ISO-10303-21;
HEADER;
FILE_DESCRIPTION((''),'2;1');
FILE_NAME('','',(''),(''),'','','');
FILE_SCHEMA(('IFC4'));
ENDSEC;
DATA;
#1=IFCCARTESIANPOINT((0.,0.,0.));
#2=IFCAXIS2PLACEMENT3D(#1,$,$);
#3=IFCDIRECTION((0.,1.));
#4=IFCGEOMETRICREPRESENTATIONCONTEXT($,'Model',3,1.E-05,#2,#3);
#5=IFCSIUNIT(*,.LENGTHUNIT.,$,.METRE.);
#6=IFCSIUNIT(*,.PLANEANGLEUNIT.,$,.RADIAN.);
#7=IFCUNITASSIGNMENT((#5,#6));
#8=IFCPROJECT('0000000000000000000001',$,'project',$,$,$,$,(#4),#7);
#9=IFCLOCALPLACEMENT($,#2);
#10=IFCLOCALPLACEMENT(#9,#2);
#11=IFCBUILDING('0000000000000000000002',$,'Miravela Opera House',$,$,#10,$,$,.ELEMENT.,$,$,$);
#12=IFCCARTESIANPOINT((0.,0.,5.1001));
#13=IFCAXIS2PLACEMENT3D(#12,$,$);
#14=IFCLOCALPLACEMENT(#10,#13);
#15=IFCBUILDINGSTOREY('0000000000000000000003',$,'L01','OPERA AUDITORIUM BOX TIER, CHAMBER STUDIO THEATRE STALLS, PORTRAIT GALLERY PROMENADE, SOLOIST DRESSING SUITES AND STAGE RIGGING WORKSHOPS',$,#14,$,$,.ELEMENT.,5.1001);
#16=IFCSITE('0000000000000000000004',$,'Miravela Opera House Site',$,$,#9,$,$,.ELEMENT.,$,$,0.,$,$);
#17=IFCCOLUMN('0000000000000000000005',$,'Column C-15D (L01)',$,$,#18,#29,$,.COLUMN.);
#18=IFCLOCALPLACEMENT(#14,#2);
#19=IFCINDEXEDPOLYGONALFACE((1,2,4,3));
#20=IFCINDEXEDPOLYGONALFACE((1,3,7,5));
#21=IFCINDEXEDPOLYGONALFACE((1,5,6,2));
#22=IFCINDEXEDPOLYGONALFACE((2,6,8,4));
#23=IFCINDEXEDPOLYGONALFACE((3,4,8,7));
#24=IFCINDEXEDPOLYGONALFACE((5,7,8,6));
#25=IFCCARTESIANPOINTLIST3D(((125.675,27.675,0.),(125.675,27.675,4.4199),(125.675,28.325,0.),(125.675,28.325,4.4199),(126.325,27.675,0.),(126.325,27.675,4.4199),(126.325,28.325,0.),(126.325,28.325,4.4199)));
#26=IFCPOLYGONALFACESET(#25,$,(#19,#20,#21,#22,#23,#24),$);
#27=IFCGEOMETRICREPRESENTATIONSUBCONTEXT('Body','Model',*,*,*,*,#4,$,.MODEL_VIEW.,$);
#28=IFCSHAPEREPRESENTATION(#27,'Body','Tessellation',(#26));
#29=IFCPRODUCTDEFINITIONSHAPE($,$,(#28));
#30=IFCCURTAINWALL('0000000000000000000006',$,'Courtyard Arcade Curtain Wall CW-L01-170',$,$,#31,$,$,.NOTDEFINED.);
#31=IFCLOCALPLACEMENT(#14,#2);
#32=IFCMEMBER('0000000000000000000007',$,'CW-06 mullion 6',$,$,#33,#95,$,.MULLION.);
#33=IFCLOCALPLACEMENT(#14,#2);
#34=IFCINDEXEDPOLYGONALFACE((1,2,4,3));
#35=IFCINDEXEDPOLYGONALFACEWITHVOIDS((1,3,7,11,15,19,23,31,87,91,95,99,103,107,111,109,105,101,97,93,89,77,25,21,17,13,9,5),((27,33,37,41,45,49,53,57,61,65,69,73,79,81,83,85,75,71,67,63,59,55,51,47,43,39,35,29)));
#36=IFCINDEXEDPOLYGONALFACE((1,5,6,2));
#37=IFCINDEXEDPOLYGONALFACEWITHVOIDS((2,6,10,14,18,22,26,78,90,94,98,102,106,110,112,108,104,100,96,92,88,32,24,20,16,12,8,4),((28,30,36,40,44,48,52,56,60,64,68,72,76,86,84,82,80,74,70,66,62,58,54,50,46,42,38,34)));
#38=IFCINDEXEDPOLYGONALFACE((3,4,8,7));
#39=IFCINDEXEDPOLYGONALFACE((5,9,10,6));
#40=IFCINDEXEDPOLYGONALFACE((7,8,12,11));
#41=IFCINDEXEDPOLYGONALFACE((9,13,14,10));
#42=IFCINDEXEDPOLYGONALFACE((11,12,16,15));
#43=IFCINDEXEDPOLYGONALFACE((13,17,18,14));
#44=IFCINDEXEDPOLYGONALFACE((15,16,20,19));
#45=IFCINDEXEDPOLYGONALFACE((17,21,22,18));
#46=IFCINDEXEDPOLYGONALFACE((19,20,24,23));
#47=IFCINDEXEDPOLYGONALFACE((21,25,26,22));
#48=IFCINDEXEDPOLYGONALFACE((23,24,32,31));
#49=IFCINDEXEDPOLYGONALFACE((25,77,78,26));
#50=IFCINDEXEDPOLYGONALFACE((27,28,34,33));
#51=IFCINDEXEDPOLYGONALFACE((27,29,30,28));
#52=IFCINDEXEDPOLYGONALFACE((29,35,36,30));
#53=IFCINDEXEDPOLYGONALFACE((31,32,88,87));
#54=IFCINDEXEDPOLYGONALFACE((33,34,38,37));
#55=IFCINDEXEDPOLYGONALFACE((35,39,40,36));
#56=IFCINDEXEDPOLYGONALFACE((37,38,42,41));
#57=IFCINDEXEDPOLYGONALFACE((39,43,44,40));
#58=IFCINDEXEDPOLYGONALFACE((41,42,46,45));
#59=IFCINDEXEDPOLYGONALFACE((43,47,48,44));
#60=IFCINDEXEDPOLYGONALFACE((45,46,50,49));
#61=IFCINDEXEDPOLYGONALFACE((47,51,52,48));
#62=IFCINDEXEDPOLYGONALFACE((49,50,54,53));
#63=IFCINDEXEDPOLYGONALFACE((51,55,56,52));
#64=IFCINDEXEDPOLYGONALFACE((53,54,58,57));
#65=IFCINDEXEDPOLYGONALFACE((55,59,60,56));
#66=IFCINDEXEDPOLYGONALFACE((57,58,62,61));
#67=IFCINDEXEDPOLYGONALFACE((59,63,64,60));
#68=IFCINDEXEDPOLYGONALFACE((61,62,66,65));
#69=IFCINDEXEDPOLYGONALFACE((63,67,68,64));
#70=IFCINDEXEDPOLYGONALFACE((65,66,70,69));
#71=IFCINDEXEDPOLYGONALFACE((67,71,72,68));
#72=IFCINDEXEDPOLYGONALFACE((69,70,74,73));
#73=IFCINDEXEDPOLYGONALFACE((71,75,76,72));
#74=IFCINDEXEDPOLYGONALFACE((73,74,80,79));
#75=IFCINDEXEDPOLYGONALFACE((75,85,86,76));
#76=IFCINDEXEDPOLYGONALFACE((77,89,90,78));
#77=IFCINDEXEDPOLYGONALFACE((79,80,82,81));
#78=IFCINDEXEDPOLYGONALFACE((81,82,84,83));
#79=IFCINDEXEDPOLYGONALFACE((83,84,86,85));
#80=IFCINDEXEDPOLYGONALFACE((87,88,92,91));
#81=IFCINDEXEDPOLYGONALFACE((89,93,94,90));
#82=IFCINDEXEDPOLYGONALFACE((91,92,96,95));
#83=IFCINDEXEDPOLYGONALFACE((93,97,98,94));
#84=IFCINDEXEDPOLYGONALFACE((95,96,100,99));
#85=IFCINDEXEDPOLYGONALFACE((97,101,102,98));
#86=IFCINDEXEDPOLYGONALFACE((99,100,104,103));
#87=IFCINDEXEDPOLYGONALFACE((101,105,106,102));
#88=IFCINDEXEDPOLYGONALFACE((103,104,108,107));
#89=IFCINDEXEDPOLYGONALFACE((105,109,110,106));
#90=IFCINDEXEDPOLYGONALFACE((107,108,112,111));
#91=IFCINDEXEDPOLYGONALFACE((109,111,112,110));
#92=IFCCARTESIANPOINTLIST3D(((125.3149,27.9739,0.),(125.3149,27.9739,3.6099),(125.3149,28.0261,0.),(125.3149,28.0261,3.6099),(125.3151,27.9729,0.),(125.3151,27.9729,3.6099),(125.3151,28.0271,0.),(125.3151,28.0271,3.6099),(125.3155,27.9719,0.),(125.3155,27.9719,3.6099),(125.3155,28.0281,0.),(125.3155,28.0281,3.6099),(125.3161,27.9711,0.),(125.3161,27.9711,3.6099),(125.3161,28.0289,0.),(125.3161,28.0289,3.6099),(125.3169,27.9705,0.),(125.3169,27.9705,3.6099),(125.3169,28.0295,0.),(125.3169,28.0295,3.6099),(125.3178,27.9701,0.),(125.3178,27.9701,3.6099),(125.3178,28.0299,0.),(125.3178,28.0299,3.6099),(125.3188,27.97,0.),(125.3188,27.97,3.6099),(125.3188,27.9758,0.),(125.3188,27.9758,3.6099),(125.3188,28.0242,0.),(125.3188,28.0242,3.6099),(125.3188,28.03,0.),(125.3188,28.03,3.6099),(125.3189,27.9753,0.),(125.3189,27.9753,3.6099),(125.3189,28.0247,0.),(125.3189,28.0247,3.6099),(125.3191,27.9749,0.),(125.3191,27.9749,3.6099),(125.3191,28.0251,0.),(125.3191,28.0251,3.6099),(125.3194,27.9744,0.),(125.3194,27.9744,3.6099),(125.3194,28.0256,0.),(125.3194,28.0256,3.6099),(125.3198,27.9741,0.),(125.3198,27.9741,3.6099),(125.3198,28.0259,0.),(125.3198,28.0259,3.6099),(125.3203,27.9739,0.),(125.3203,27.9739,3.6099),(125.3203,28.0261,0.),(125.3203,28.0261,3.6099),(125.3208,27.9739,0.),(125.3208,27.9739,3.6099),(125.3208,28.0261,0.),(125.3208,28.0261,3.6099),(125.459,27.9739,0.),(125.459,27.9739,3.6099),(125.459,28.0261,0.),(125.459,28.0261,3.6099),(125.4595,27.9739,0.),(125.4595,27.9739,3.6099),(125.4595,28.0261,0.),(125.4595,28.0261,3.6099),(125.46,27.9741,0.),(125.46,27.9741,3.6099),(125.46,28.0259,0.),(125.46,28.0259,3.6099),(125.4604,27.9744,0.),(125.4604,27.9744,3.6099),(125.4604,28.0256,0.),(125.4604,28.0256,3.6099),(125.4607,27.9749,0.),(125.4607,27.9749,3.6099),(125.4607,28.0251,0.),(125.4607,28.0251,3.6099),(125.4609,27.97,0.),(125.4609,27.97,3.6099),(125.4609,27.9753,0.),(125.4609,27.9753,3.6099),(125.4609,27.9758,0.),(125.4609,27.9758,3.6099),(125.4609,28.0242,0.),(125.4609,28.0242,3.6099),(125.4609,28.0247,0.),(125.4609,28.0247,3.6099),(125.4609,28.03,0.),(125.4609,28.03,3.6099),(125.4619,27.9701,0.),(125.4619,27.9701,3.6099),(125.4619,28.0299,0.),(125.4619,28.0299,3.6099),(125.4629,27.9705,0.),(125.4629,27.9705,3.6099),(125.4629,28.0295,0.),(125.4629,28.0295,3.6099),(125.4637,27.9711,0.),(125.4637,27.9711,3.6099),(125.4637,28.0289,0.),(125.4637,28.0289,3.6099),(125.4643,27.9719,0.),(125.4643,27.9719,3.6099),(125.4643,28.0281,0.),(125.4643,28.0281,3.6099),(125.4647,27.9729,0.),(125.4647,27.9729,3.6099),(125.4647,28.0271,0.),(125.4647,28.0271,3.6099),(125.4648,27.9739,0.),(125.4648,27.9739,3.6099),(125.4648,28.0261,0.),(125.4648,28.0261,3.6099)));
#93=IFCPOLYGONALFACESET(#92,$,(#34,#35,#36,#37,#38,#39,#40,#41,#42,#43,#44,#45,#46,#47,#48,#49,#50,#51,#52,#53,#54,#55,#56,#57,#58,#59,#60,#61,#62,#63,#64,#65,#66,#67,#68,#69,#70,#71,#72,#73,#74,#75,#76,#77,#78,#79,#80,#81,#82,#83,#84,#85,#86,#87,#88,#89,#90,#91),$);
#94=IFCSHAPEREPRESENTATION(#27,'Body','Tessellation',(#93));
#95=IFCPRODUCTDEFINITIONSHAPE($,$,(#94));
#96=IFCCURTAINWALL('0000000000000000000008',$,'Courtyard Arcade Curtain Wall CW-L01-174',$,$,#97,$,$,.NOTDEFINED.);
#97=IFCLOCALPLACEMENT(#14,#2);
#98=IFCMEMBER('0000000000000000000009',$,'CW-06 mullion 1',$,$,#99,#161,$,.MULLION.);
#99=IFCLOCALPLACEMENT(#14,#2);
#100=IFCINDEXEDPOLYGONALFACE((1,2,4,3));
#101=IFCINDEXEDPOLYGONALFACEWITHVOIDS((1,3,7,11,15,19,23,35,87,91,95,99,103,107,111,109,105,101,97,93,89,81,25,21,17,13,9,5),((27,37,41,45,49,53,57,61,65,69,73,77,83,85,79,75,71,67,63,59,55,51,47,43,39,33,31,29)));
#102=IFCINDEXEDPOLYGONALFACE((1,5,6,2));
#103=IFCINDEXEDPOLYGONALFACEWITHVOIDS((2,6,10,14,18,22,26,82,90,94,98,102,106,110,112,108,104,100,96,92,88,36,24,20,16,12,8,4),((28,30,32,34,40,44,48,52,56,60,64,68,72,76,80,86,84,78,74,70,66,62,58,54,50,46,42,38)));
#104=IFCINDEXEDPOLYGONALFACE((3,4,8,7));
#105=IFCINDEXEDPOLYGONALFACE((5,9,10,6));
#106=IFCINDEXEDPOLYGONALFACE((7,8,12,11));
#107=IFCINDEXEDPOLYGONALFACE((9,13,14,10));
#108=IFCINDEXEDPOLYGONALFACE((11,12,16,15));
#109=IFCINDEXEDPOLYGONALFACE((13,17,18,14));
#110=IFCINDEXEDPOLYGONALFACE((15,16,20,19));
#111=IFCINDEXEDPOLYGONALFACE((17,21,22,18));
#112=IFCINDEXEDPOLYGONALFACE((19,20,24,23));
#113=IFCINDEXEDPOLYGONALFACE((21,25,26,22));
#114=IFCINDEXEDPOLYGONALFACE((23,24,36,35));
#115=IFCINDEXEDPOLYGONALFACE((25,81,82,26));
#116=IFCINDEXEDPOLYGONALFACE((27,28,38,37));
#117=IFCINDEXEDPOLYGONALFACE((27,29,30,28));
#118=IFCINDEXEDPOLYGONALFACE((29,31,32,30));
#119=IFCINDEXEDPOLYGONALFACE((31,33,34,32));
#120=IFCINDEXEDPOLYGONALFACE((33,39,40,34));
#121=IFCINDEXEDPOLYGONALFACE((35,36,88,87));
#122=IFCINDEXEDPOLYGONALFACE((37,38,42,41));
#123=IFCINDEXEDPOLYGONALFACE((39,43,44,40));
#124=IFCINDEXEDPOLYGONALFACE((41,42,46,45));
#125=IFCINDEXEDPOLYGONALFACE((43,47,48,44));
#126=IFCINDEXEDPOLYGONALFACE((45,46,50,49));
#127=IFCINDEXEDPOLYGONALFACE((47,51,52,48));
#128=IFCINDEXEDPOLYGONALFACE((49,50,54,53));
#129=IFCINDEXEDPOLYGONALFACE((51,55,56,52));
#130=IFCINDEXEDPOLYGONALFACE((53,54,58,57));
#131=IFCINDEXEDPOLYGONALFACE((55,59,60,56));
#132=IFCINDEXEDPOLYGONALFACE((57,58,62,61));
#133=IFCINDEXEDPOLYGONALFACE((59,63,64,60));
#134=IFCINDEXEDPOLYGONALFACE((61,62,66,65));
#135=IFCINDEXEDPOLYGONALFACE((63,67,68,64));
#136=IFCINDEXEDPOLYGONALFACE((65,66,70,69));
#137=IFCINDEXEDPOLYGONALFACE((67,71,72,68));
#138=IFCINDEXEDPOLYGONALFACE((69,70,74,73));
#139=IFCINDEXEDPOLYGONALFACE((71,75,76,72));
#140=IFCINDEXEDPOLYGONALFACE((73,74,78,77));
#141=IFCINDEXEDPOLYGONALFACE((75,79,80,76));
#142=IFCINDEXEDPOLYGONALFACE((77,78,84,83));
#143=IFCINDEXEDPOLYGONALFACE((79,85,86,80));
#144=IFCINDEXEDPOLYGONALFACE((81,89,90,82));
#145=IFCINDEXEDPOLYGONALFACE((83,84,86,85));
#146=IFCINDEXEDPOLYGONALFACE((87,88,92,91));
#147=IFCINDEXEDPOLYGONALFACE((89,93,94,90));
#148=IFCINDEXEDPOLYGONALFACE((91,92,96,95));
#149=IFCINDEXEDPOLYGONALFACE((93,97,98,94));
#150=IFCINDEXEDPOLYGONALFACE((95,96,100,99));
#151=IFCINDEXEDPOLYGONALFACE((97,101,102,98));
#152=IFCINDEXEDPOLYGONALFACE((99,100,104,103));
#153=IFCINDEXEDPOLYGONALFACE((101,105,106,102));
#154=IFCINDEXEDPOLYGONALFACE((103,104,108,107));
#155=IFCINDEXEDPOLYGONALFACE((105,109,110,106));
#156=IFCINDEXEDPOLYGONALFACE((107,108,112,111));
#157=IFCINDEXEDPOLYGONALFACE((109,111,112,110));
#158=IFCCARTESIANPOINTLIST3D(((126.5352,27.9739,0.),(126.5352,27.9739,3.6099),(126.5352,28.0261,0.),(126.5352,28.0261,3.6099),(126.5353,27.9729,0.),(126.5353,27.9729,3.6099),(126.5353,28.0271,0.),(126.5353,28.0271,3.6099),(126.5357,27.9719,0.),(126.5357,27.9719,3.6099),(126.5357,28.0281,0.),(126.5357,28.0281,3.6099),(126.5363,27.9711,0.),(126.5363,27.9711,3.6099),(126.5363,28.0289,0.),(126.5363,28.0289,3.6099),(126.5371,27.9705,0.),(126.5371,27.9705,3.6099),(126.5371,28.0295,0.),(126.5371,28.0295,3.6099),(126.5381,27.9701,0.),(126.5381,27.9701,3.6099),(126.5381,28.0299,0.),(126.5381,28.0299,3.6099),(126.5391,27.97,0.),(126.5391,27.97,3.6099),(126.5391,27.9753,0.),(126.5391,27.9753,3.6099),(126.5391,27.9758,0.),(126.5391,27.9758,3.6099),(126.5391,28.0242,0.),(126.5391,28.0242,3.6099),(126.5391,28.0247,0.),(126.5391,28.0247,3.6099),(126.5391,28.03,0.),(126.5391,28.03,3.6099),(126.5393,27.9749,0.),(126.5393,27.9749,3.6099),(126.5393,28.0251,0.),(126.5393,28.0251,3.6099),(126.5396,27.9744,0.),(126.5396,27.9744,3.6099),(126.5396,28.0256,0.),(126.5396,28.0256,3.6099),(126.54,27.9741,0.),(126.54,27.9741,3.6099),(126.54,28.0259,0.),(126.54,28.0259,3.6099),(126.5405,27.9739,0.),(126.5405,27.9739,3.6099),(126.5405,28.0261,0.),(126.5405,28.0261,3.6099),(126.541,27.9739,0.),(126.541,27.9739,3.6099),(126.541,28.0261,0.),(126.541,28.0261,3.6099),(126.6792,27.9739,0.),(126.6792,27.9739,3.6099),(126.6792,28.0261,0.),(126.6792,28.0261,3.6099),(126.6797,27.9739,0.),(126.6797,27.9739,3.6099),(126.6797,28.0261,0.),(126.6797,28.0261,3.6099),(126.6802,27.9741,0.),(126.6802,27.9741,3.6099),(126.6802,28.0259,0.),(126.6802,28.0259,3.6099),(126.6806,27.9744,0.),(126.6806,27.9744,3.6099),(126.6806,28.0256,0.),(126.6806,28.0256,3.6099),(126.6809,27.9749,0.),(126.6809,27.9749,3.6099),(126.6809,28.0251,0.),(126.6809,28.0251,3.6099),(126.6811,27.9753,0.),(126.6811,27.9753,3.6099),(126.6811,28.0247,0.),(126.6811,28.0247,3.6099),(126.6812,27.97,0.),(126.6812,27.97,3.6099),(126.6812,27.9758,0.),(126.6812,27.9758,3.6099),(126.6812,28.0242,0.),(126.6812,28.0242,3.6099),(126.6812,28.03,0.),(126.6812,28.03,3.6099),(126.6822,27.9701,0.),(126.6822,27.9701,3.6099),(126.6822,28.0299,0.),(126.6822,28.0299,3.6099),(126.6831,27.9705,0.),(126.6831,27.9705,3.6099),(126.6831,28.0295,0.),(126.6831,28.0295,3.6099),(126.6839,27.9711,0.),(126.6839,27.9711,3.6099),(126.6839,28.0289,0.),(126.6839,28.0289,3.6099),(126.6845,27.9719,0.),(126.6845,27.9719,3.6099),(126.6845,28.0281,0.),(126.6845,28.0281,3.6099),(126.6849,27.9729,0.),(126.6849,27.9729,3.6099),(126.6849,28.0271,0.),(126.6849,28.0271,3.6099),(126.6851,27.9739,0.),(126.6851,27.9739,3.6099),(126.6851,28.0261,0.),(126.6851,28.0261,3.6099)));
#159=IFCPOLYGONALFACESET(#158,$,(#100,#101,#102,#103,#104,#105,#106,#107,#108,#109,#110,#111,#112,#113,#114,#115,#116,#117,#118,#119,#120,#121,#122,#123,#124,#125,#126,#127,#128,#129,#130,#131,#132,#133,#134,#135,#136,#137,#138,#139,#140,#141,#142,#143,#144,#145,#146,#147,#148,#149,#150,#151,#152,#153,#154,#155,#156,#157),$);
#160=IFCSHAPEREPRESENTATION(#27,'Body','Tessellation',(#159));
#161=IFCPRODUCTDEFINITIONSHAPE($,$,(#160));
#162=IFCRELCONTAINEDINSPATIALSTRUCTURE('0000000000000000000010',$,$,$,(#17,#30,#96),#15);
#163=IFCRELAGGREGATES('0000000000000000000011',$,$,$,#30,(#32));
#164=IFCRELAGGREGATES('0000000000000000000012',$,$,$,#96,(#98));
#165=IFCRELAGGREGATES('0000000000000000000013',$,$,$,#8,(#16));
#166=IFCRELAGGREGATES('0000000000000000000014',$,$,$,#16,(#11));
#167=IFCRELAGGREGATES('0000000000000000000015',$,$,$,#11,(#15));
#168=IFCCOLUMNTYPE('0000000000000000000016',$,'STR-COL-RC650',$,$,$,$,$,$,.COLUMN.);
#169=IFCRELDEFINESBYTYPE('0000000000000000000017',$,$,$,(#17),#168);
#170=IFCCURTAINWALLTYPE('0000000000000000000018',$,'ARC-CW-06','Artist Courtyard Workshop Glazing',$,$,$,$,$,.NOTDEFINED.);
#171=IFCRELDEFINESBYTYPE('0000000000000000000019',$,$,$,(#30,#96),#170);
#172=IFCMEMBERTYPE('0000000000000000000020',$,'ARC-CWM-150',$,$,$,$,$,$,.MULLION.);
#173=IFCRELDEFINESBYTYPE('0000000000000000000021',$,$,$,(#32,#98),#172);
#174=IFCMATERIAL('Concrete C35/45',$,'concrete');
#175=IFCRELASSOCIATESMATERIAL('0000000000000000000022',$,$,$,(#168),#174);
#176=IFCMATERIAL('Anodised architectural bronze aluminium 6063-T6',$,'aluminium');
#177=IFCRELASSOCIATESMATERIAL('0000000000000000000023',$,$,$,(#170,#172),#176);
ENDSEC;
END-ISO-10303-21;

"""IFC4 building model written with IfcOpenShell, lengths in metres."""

from ifc_helpers import new_model, si_unit, direction, frame, origin, origin_2d, place, context, subcontext, project, spatial, rectangle, hollow_rectangle, extrude, material, material_profile, profile_set, type_object, element, aggregate, save


model = new_model("IFC4")

# Units and contexts
model_context = context("Model", 3, precision=1e-05, world=origin(), true_north=direction((0.0, 1.0)))
body_context = subcontext(model_context, "Body", "Model", "MODEL_VIEW")
ifc_project = project(units=[si_unit("LENGTHUNIT", "METRE"), si_unit("PLANEANGLEUNIT", "RADIAN")], contexts=[model_context])

# Site, building, storey
site_placement = place(None, origin())
site = spatial("IfcSite", under=ifc_project, at=site_placement, Name="Miravela Opera House Site", CompositionType="ELEMENT", RefElevation=0.0)
building_placement = place(site_placement, origin())
building = spatial("IfcBuilding", under=site, at=building_placement, Name="Miravela Opera House", CompositionType="ELEMENT")
storey_placement = place(building_placement, frame((0.0, 0.0, 5.1001)))
storey = spatial("IfcBuildingStorey", under=building, at=storey_placement, Name="L01", Description="OPERA AUDITORIUM BOX TIER, CHAMBER STUDIO THEATRE STALLS, PORTRAIT GALLERY PROMENADE, SOLOIST DRESSING SUITES AND STAGE RIGGING WORKSHOPS", CompositionType="ELEMENT", Elevation=5.1001)

# Column
ifc_material_1 = material(Name="Concrete C35/45", Category="concrete")
ifc_material_profile_1 = material_profile(ifc_material_1, rectangle(XDim=0.6499, YDim=0.6499, at=origin_2d()), Name="RC-COL-650X650")
ifc_profile_set_1 = profile_set([ifc_material_profile_1])
column_type = type_object("IfcColumnType", Name="STR-COL-RC650", PredefinedType="COLUMN", material=ifc_profile_set_1)
column_placement = place(storey_placement, frame((126.0, 28.0, 0.0), z_axis=(0.0, 0.0, 1.0), x_axis=(1.0, 0.0, 0.0)))
element("IfcColumn", 1, at=column_placement, inside=storey, type_object=column_type, Name="Column C-15D (L01)", PredefinedType="COLUMN", context=body_context, shape_type="SweptSolid", body=[
    extrude(rectangle(XDim=0.6499, YDim=0.6499, at=origin_2d()), origin(), (0.0, 0.0, 1.0), 4.4199),
])

# Curtain wall, member
ifc_material_2 = material(Name="Anodised architectural bronze aluminium 6063-T6", Category="aluminium")
curtain_wall_type = type_object("IfcCurtainWallType", Name="ARC-CW-06", Description="Artist Courtyard Workshop Glazing", PredefinedType="NOTDEFINED", material=ifc_material_2)
curtain_wall_1_placement = place(storey_placement, origin())
curtain_wall_1 = element("IfcCurtainWall", 2, at=curtain_wall_1_placement, inside=storey, type_object=curtain_wall_type, Name="Courtyard Arcade Curtain Wall CW-L01-170", PredefinedType="NOTDEFINED")
ifc_material_profile_2 = material_profile(ifc_material_2, hollow_rectangle(XDim=0.0601, YDim=0.1499, WallThickness=0.0039, InnerFilletRadius=0.002, OuterFilletRadius=0.0039, at=origin_2d()), Name="CWM-60X150")
ifc_profile_set_2 = profile_set([ifc_material_profile_2])
member_type_1 = type_object("IfcMemberType", Name="ARC-CWM-150", PredefinedType="MULLION", material=ifc_profile_set_2)
member_1_placement = place(storey_placement, frame((125.3899, 28.0, 0.0), z_axis=(0.0, 0.0, 1.0), x_axis=(0.0, 1.0, 0.0)))
member_1 = element("IfcMember", 3, at=member_1_placement, type_object=member_type_1, Name="CW-06 mullion 6", PredefinedType="MULLION", context=body_context, shape_type="SweptSolid", body=[
    extrude(hollow_rectangle(XDim=0.0601, YDim=0.1499, WallThickness=0.0039, InnerFilletRadius=0.002, OuterFilletRadius=0.0039, at=origin_2d()), origin(), (0.0, 0.0, 1.0), 3.6099),
])

# Curtain wall, member
curtain_wall_2_placement = place(storey_placement, origin())
curtain_wall_2 = element("IfcCurtainWall", 4, at=curtain_wall_2_placement, inside=storey, type_object=curtain_wall_type, Name="Courtyard Arcade Curtain Wall CW-L01-174", PredefinedType="NOTDEFINED")
member_2_placement = place(storey_placement, frame((126.6101, 28.0, 0.0), z_axis=(0.0, 0.0, 1.0), x_axis=(0.0, 1.0, 0.0)))
member_2 = element("IfcMember", 5, at=member_2_placement, type_object=member_type_1, Name="CW-06 mullion 1", PredefinedType="MULLION", context=body_context, shape_type="SweptSolid", body=[
    extrude(hollow_rectangle(XDim=0.0601, YDim=0.1499, WallThickness=0.0039, InnerFilletRadius=0.002, OuterFilletRadius=0.0039, at=origin_2d()), origin(), (0.0, 0.0, 1.0), 3.6099),
])

aggregate(curtain_wall_1, [member_1])
aggregate(curtain_wall_2, [member_2])

save(model, "model.ifc")
